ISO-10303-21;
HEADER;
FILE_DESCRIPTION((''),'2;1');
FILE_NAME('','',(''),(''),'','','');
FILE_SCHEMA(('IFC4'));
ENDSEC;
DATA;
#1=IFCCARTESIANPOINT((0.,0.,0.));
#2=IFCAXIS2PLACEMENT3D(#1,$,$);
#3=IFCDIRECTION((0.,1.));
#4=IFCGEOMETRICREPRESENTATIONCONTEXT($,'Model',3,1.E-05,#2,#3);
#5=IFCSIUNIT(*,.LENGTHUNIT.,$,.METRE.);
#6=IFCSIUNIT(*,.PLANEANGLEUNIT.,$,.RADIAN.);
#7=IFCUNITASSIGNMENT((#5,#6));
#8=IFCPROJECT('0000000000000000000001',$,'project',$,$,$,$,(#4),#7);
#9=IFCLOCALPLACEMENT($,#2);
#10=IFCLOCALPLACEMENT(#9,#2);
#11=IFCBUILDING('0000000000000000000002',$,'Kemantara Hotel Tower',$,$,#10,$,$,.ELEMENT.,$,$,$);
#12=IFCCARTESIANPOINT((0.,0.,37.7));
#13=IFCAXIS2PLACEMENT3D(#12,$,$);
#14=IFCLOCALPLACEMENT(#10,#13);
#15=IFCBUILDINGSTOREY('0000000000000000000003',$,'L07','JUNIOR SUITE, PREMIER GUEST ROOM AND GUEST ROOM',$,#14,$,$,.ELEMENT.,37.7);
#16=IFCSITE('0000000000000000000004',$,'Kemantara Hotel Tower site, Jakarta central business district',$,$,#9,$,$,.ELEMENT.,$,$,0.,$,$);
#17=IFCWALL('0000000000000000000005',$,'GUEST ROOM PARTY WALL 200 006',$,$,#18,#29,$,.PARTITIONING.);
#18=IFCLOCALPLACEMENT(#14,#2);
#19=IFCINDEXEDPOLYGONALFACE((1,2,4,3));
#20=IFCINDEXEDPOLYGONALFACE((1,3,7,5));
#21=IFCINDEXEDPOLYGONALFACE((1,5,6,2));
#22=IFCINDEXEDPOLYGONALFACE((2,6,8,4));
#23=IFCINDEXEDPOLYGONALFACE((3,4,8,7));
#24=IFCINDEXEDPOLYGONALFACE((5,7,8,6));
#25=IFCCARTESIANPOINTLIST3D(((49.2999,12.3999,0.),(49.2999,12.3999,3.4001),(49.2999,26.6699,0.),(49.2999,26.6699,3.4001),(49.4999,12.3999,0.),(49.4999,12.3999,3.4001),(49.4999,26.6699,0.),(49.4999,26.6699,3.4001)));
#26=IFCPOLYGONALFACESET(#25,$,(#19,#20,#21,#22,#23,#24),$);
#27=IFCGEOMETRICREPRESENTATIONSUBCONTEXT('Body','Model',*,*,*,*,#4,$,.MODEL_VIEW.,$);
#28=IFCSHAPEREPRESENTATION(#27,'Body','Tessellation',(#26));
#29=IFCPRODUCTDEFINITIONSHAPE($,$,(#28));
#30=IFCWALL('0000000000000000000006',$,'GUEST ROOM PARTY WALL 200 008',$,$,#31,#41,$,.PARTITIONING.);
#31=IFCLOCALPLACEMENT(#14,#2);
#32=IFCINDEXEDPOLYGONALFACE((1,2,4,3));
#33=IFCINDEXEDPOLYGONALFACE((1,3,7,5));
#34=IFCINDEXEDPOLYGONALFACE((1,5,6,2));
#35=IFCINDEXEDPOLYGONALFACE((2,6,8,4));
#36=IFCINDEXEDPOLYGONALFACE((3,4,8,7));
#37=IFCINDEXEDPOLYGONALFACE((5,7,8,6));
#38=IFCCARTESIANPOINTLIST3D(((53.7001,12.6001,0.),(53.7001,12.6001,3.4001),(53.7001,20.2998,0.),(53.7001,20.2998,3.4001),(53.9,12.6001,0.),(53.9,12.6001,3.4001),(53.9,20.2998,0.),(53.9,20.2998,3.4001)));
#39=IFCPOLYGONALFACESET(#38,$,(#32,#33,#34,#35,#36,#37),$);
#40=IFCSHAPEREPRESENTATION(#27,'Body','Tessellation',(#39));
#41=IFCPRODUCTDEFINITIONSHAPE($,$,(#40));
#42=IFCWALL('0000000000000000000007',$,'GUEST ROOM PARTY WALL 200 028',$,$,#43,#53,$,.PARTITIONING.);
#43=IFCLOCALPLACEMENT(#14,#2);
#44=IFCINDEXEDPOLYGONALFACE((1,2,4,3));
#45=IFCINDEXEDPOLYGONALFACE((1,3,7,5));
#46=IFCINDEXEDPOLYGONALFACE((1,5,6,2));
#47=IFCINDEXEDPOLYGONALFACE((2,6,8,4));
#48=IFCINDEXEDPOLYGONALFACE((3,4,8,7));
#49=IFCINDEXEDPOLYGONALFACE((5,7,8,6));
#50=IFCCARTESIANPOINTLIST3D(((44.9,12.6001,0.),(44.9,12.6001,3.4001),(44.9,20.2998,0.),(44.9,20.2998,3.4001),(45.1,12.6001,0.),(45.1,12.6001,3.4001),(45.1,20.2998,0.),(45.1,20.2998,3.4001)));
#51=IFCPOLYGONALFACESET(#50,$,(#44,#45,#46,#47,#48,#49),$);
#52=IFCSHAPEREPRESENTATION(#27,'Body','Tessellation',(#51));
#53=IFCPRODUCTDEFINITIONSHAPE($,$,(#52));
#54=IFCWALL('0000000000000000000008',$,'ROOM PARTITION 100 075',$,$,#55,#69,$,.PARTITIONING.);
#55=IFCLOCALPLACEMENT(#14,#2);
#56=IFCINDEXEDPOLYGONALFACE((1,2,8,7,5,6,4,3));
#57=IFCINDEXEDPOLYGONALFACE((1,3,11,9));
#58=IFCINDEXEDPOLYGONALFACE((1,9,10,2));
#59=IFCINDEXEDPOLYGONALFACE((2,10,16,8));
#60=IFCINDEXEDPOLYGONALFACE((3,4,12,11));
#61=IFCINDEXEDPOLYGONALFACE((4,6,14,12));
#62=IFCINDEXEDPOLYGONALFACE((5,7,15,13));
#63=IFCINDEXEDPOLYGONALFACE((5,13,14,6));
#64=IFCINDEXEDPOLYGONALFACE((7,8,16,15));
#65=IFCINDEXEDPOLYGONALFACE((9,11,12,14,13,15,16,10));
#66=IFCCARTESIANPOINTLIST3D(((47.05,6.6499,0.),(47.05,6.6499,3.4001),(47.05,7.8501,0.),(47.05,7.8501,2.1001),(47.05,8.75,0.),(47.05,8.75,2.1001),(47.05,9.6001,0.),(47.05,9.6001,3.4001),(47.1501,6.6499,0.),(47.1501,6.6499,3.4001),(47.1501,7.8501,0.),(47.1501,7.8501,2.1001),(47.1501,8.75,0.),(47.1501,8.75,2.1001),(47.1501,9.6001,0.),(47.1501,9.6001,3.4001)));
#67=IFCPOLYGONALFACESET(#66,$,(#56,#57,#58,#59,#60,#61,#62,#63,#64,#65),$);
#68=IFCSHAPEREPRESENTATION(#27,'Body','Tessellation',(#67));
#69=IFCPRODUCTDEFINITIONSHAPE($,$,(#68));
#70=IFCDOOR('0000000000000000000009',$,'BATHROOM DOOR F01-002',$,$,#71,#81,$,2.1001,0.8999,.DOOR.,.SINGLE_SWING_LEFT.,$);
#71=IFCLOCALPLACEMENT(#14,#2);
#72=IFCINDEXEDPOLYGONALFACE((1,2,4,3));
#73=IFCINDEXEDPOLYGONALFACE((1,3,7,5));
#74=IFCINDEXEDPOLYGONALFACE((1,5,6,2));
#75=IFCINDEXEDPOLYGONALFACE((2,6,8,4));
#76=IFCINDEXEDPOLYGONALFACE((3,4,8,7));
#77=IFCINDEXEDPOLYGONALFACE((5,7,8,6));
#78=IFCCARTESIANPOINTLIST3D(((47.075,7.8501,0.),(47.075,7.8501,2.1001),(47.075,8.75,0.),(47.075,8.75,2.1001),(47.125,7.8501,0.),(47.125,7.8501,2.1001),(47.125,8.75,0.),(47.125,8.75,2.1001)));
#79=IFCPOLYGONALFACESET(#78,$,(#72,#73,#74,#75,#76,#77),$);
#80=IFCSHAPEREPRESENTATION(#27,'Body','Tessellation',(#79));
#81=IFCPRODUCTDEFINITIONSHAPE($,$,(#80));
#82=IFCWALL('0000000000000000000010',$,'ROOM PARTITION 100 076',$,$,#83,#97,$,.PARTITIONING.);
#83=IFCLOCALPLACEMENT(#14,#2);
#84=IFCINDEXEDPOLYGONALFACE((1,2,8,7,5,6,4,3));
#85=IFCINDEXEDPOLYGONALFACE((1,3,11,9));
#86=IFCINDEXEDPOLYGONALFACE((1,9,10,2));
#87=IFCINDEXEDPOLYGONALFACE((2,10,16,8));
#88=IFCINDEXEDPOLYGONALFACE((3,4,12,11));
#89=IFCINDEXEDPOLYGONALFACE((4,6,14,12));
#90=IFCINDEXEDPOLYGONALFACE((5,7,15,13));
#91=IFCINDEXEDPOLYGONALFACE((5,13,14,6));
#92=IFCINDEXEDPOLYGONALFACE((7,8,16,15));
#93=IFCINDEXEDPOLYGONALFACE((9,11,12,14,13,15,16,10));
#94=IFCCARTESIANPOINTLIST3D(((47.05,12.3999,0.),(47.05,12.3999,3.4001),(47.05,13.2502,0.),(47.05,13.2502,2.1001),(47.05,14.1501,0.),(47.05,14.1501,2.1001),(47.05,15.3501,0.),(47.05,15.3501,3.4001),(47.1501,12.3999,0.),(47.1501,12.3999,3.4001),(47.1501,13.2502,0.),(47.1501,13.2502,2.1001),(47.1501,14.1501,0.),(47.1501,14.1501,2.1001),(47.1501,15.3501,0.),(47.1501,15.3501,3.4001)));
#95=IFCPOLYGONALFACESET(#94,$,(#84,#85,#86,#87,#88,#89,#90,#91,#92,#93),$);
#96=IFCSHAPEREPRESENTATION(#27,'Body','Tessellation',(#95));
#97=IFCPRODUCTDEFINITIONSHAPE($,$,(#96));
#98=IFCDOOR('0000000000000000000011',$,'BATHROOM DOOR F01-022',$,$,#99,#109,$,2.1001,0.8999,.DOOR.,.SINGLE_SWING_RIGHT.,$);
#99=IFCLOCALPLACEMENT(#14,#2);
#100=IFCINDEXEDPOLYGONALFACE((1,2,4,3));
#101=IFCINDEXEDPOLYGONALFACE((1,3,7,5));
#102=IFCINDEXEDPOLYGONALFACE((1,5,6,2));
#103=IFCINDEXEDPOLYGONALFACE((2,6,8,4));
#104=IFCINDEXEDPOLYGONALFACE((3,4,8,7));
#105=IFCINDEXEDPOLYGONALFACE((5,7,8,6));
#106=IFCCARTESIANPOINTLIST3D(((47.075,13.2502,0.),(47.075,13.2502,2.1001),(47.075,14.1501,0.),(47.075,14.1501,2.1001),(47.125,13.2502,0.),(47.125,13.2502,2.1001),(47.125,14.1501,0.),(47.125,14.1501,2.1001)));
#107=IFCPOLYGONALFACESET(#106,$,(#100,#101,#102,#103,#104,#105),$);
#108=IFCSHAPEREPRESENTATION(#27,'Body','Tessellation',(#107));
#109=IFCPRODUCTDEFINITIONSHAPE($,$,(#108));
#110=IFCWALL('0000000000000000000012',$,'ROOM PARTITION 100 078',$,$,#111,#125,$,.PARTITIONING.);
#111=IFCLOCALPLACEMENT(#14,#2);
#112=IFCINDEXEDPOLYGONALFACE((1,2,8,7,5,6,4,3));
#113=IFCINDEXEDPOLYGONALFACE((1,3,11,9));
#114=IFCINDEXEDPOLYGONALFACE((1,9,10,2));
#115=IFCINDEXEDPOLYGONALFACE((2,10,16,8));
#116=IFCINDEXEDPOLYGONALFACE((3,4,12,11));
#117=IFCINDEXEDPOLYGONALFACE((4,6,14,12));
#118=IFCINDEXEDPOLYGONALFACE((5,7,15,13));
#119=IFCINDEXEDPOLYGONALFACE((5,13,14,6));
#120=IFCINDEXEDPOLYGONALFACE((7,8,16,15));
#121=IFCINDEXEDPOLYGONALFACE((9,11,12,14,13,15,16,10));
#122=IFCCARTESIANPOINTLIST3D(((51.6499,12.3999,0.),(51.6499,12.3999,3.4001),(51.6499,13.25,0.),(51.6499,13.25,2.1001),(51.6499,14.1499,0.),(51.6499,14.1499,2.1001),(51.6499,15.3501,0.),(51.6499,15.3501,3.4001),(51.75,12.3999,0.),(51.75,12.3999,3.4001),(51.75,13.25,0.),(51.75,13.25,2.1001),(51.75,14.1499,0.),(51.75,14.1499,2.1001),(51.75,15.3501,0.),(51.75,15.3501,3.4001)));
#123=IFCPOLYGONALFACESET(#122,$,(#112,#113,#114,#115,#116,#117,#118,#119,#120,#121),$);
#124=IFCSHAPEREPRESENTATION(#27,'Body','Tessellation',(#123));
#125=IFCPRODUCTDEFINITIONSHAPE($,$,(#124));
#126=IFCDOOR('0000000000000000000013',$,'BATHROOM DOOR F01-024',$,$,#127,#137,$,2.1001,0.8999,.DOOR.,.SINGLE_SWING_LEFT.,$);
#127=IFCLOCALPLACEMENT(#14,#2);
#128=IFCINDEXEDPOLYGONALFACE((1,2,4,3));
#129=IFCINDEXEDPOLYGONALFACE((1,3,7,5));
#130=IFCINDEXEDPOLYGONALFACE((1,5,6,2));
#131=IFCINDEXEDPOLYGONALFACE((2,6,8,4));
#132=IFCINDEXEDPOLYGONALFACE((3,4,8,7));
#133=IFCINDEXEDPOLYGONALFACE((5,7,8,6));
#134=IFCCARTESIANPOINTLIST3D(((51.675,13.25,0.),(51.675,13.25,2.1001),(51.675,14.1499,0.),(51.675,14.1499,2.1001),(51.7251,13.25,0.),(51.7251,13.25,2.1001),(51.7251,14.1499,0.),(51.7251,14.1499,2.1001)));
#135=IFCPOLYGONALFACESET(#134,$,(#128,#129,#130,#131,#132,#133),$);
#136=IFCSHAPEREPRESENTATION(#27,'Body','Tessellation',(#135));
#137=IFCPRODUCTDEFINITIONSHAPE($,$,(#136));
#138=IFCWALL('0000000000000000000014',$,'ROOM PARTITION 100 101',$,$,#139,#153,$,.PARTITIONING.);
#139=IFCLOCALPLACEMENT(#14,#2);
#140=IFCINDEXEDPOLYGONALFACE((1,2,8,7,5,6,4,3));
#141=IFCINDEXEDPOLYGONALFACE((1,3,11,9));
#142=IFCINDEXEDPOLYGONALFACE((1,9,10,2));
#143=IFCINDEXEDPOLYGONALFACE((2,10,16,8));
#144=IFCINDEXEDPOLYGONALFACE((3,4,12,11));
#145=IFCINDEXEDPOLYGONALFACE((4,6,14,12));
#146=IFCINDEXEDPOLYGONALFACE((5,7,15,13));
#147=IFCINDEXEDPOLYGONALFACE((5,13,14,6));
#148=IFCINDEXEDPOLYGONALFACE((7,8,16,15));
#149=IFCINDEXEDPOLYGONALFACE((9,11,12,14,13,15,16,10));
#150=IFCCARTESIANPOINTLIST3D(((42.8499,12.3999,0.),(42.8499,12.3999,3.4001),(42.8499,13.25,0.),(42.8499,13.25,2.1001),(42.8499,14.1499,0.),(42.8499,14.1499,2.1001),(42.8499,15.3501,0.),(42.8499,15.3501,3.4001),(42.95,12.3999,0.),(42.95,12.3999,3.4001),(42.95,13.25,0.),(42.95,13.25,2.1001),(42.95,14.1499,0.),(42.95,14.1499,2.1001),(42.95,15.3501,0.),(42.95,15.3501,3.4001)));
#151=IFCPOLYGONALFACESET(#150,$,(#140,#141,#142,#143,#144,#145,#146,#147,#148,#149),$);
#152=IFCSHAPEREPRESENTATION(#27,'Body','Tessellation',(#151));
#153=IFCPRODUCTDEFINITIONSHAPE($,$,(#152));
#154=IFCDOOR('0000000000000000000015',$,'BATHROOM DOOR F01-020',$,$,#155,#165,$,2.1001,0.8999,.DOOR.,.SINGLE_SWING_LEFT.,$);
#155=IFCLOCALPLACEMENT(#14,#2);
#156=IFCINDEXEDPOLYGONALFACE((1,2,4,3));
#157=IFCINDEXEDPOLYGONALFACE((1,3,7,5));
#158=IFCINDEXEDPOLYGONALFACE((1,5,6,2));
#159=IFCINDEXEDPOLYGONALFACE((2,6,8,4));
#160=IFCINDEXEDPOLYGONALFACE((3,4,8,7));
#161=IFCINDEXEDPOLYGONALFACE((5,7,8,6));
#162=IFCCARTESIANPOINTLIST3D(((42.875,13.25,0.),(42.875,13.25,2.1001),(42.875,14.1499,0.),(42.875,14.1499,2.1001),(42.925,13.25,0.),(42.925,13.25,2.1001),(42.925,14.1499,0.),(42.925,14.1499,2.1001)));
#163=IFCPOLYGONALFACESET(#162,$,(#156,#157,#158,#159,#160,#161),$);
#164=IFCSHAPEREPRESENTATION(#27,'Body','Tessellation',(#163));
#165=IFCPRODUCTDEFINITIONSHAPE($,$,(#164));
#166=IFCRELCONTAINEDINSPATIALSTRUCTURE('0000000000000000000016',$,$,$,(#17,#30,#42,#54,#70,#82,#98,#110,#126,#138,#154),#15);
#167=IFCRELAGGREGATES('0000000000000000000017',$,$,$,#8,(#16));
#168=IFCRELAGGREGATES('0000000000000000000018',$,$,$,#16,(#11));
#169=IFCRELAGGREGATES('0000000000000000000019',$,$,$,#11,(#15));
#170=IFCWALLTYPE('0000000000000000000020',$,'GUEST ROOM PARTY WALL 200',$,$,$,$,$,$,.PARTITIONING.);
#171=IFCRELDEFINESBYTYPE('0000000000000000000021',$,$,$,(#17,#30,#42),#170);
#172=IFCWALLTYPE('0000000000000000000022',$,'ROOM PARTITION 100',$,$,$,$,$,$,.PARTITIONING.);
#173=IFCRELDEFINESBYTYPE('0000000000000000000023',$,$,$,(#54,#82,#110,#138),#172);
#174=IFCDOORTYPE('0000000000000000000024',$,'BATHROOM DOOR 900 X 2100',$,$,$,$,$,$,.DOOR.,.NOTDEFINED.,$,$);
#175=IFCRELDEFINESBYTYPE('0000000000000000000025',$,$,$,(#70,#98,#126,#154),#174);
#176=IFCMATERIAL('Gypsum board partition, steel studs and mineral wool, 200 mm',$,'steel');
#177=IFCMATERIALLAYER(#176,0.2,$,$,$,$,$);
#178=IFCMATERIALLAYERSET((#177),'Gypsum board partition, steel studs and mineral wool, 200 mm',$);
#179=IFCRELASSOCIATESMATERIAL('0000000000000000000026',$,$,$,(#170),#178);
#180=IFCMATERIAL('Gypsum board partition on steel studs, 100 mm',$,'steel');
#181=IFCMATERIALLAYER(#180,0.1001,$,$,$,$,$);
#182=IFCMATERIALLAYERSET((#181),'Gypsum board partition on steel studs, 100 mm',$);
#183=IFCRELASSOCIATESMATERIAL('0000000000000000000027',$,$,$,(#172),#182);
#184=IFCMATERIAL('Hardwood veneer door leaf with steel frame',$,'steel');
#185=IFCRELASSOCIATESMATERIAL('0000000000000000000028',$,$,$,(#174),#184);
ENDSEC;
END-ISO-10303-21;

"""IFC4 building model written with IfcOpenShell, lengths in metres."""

from ifc_helpers import new_model, si_unit, direction, frame, frame_2d, origin, place, context, subcontext, project, spatial, rectangle, extrude, material, layer, layer_set, type_object, element, fill, save


model = new_model("IFC4")

# Units and contexts
model_context = context("Model", 3, precision=1e-05, world=origin(), true_north=direction((0.0, 1.0)))
body_context = subcontext(model_context, "Body", "Model", "MODEL_VIEW")
ifc_project = project(units=[si_unit("LENGTHUNIT", "METRE"), si_unit("PLANEANGLEUNIT", "RADIAN")], contexts=[model_context])

# Site, building, storey
site_placement = place(None, origin())
site = spatial("IfcSite", under=ifc_project, at=site_placement, Name="Kemantara Hotel Tower site, Jakarta central business district", CompositionType="ELEMENT", RefElevation=0.0)
building_placement = place(site_placement, origin())
building = spatial("IfcBuilding", under=site, at=building_placement, Name="Kemantara Hotel Tower", CompositionType="ELEMENT")
storey_placement = place(building_placement, frame((0.0, 0.0, 37.7)))
storey = spatial("IfcBuildingStorey", under=building, at=storey_placement, Name="L07", Description="JUNIOR SUITE, PREMIER GUEST ROOM AND GUEST ROOM", CompositionType="ELEMENT", Elevation=37.7)

# Shared definitions
ifc_material_1 = material(Name="Gypsum board partition, steel studs and mineral wool, 200 mm", Category="steel")
ifc_material_2 = material(Name="Hardwood veneer door leaf with steel frame", Category="steel")

# Walls
ifc_layer_1 = layer(ifc_material_1, 0.2)
ifc_layer_set_1 = layer_set([ifc_layer_1], Name="Gypsum board partition, steel studs and mineral wool, 200 mm")
wall_type_1 = type_object("IfcWallType", Name="GUEST ROOM PARTY WALL 200", PredefinedType="PARTITIONING", material=ifc_layer_set_1)
wall_1_placement = place(storey_placement, frame((49.3999, 12.3999, 0.0), z_axis=(0.0, 0.0, 1.0), x_axis=(0.0, 1.0, 0.0)))
element("IfcWall", 1, at=wall_1_placement, inside=storey, type_object=wall_type_1, Name="GUEST ROOM PARTY WALL 200 006", PredefinedType="PARTITIONING", context=body_context, shape_type="SweptSolid", body=[
    extrude(rectangle(XDim=14.27, YDim=0.2, at=frame_2d((7.135, 0.0))), origin(), (0.0, 0.0, 1.0), 3.4001),
])
for number, where, z_axis, x_axis, name in (
    (2, (53.8, 12.6001, 0.0), (0.0, 0.0, 1.0), (0.0, 1.0, 0.0), "GUEST ROOM PARTY WALL 200 008"),
    (3, (45.0, 12.6001, 0.0), (0.0, 0.0, 1.0), (0.0, 1.0, 0.0), "GUEST ROOM PARTY WALL 200 028"),
):
    element("IfcWall", number, at=place(storey_placement, frame(where, z_axis=z_axis, x_axis=x_axis)), inside=storey, type_object=wall_type_1, Name=name, PredefinedType="PARTITIONING", context=body_context, shape_type="SweptSolid", body=[
        extrude(rectangle(XDim=7.6997, YDim=0.2, at=frame_2d((3.8499, 0.0))), origin(), (0.0, 0.0, 1.0), 3.4001),
    ])

# Walls, openings, doors
ifc_material_3 = material(Name="Gypsum board partition on steel studs, 100 mm", Category="steel")
ifc_layer_2 = layer(ifc_material_3, 0.1001)
ifc_layer_set_2 = layer_set([ifc_layer_2], Name="Gypsum board partition on steel studs, 100 mm")
wall_type_2 = type_object("IfcWallType", Name="ROOM PARTITION 100", PredefinedType="PARTITIONING", material=ifc_layer_set_2)
wall_2_placement = place(storey_placement, frame((47.1001, 9.6001, 0.0), z_axis=(0.0, 0.0, 1.0), x_axis=(0.0, -1.0, 0.0)))
wall_2 = element("IfcWall", 4, at=wall_2_placement, inside=storey, type_object=wall_type_2, Name="ROOM PARTITION 100 075", PredefinedType="PARTITIONING", context=body_context, shape_type="SweptSolid", body=[
    extrude(rectangle(XDim=2.9502, YDim=0.1001, at=frame_2d((1.4751, 0.0))), origin(), (0.0, 0.0, 1.0), 3.4001),
])
opening_1_placement = place(wall_2_placement, frame((0.8501, 0.0, 0.0)))
opening_1 = element("IfcOpeningElement", 5, at=opening_1_placement, cuts=wall_2, PredefinedType="OPENING", context=body_context, shape_type="SweptSolid", body=[
    extrude(rectangle(XDim=0.8999, YDim=2.1001, at=frame_2d((0.45, 1.05))), frame((0.0, 0.0601, 0.0), z_axis=(0.0, -1.0, 0.0), x_axis=(1.0, 0.0, 0.0)), (0.0, 0.0, 1.0), 0.1201),
])
door_type_1 = type_object("IfcDoorType", Name="BATHROOM DOOR 900 X 2100", OperationType="NOTDEFINED", PredefinedType="DOOR", material=ifc_material_2)
door_1_placement = place(opening_1_placement, origin())
door_1 = element("IfcDoor", 6, at=door_1_placement, inside=storey, type_object=door_type_1, Name="BATHROOM DOOR F01-002", OperationType="SINGLE_SWING_LEFT", OverallHeight=2.1001, OverallWidth=0.8999, PredefinedType="DOOR", context=body_context, shape_type="SweptSolid", body=[
    extrude(rectangle(XDim=0.8999, YDim=2.1001, at=frame_2d((0.45, 1.05))), frame((0.0, 0.0249, 0.0), z_axis=(0.0, -1.0, 0.0), x_axis=(1.0, 0.0, 0.0)), (0.0, 0.0, 1.0), 0.05),
])
fill(opening_1, door_1)
wall_3_placement = place(storey_placement, frame((47.1001, 15.3501, 0.0), z_axis=(0.0, 0.0, 1.0), x_axis=(0.0, -1.0, 0.0)))
wall_3 = element("IfcWall", 7, at=wall_3_placement, inside=storey, type_object=wall_type_2, Name="ROOM PARTITION 100 076", PredefinedType="PARTITIONING", context=body_context, shape_type="SweptSolid", body=[
    extrude(rectangle(XDim=2.9502, YDim=0.1001, at=frame_2d((1.4751, 0.0))), origin(), (0.0, 0.0, 1.0), 3.4001),
])
opening_2_placement = place(wall_3_placement, frame((1.2, 0.0, 0.0)))
opening_2 = element("IfcOpeningElement", 8, at=opening_2_placement, cuts=wall_3, PredefinedType="OPENING", context=body_context, shape_type="SweptSolid", body=[
    extrude(rectangle(XDim=0.8999, YDim=2.1001, at=frame_2d((0.45, 1.05))), frame((0.0, 0.0601, 0.0), z_axis=(0.0, -1.0, 0.0), x_axis=(1.0, 0.0, 0.0)), (0.0, 0.0, 1.0), 0.1201),
])
door_2_placement = place(opening_2_placement, origin())
door_2 = element("IfcDoor", 9, at=door_2_placement, inside=storey, type_object=door_type_1, Name="BATHROOM DOOR F01-022", OperationType="SINGLE_SWING_RIGHT", OverallHeight=2.1001, OverallWidth=0.8999, PredefinedType="DOOR", context=body_context, shape_type="SweptSolid", body=[
    extrude(rectangle(XDim=0.8999, YDim=2.1001, at=frame_2d((0.45, 1.05))), frame((0.0, 0.0249, 0.0), z_axis=(0.0, -1.0, 0.0), x_axis=(1.0, 0.0, 0.0)), (0.0, 0.0, 1.0), 0.05),
])
fill(opening_2, door_2)
wall_4_placement = place(storey_placement, frame((51.7, 12.3999, 0.0), z_axis=(0.0, 0.0, 1.0), x_axis=(0.0, 1.0, 0.0)))
wall_4 = element("IfcWall", 10, at=wall_4_placement, inside=storey, type_object=wall_type_2, Name="ROOM PARTITION 100 078", PredefinedType="PARTITIONING", context=body_context, shape_type="SweptSolid", body=[
    extrude(rectangle(XDim=2.9502, YDim=0.1001, at=frame_2d((1.4751, 0.0))), origin(), (0.0, 0.0, 1.0), 3.4001),
])
opening_3_placement = place(wall_4_placement, frame((0.8501, 0.0, 0.0)))
opening_3 = element("IfcOpeningElement", 11, at=opening_3_placement, cuts=wall_4, PredefinedType="OPENING", context=body_context, shape_type="SweptSolid", body=[
    extrude(rectangle(XDim=0.8999, YDim=2.1001, at=frame_2d((0.45, 1.05))), frame((0.0, 0.0601, 0.0), z_axis=(0.0, -1.0, 0.0), x_axis=(1.0, 0.0, 0.0)), (0.0, 0.0, 1.0), 0.1201),
])
door_3_placement = place(opening_3_placement, origin())
door_3 = element("IfcDoor", 12, at=door_3_placement, inside=storey, type_object=door_type_1, Name="BATHROOM DOOR F01-024", OperationType="SINGLE_SWING_LEFT", OverallHeight=2.1001, OverallWidth=0.8999, PredefinedType="DOOR", context=body_context, shape_type="SweptSolid", body=[
    extrude(rectangle(XDim=0.8999, YDim=2.1001, at=frame_2d((0.45, 1.05))), frame((0.0, 0.0249, 0.0), z_axis=(0.0, -1.0, 0.0), x_axis=(1.0, 0.0, 0.0)), (0.0, 0.0, 1.0), 0.05),
])
fill(opening_3, door_3)
wall_5_placement = place(storey_placement, frame((42.8999, 12.3999, 0.0), z_axis=(0.0, 0.0, 1.0), x_axis=(0.0, 1.0, 0.0)))
wall_5 = element("IfcWall", 13, at=wall_5_placement, inside=storey, type_object=wall_type_2, Name="ROOM PARTITION 100 101", PredefinedType="PARTITIONING", context=body_context, shape_type="SweptSolid", body=[
    extrude(rectangle(XDim=2.9502, YDim=0.1001, at=frame_2d((1.4751, 0.0))), origin(), (0.0, 0.0, 1.0), 3.4001),
])
opening_4_placement = place(wall_5_placement, frame((0.8501, 0.0, 0.0)))
opening_4 = element("IfcOpeningElement", 14, at=opening_4_placement, cuts=wall_5, PredefinedType="OPENING", context=body_context, shape_type="SweptSolid", body=[
    extrude(rectangle(XDim=0.8999, YDim=2.1001, at=frame_2d((0.45, 1.05))), frame((0.0, 0.0601, 0.0), z_axis=(0.0, -1.0, 0.0), x_axis=(1.0, 0.0, 0.0)), (0.0, 0.0, 1.0), 0.1201),
])
door_4_placement = place(opening_4_placement, origin())
door_4 = element("IfcDoor", 15, at=door_4_placement, inside=storey, type_object=door_type_1, Name="BATHROOM DOOR F01-020", OperationType="SINGLE_SWING_LEFT", OverallHeight=2.1001, OverallWidth=0.8999, PredefinedType="DOOR", context=body_context, shape_type="SweptSolid", body=[
    extrude(rectangle(XDim=0.8999, YDim=2.1001, at=frame_2d((0.45, 1.05))), frame((0.0, 0.0249, 0.0), z_axis=(0.0, -1.0, 0.0), x_axis=(1.0, 0.0, 0.0)), (0.0, 0.0, 1.0), 0.05),
])
fill(opening_4, door_4)

save(model, "model.ifc")
